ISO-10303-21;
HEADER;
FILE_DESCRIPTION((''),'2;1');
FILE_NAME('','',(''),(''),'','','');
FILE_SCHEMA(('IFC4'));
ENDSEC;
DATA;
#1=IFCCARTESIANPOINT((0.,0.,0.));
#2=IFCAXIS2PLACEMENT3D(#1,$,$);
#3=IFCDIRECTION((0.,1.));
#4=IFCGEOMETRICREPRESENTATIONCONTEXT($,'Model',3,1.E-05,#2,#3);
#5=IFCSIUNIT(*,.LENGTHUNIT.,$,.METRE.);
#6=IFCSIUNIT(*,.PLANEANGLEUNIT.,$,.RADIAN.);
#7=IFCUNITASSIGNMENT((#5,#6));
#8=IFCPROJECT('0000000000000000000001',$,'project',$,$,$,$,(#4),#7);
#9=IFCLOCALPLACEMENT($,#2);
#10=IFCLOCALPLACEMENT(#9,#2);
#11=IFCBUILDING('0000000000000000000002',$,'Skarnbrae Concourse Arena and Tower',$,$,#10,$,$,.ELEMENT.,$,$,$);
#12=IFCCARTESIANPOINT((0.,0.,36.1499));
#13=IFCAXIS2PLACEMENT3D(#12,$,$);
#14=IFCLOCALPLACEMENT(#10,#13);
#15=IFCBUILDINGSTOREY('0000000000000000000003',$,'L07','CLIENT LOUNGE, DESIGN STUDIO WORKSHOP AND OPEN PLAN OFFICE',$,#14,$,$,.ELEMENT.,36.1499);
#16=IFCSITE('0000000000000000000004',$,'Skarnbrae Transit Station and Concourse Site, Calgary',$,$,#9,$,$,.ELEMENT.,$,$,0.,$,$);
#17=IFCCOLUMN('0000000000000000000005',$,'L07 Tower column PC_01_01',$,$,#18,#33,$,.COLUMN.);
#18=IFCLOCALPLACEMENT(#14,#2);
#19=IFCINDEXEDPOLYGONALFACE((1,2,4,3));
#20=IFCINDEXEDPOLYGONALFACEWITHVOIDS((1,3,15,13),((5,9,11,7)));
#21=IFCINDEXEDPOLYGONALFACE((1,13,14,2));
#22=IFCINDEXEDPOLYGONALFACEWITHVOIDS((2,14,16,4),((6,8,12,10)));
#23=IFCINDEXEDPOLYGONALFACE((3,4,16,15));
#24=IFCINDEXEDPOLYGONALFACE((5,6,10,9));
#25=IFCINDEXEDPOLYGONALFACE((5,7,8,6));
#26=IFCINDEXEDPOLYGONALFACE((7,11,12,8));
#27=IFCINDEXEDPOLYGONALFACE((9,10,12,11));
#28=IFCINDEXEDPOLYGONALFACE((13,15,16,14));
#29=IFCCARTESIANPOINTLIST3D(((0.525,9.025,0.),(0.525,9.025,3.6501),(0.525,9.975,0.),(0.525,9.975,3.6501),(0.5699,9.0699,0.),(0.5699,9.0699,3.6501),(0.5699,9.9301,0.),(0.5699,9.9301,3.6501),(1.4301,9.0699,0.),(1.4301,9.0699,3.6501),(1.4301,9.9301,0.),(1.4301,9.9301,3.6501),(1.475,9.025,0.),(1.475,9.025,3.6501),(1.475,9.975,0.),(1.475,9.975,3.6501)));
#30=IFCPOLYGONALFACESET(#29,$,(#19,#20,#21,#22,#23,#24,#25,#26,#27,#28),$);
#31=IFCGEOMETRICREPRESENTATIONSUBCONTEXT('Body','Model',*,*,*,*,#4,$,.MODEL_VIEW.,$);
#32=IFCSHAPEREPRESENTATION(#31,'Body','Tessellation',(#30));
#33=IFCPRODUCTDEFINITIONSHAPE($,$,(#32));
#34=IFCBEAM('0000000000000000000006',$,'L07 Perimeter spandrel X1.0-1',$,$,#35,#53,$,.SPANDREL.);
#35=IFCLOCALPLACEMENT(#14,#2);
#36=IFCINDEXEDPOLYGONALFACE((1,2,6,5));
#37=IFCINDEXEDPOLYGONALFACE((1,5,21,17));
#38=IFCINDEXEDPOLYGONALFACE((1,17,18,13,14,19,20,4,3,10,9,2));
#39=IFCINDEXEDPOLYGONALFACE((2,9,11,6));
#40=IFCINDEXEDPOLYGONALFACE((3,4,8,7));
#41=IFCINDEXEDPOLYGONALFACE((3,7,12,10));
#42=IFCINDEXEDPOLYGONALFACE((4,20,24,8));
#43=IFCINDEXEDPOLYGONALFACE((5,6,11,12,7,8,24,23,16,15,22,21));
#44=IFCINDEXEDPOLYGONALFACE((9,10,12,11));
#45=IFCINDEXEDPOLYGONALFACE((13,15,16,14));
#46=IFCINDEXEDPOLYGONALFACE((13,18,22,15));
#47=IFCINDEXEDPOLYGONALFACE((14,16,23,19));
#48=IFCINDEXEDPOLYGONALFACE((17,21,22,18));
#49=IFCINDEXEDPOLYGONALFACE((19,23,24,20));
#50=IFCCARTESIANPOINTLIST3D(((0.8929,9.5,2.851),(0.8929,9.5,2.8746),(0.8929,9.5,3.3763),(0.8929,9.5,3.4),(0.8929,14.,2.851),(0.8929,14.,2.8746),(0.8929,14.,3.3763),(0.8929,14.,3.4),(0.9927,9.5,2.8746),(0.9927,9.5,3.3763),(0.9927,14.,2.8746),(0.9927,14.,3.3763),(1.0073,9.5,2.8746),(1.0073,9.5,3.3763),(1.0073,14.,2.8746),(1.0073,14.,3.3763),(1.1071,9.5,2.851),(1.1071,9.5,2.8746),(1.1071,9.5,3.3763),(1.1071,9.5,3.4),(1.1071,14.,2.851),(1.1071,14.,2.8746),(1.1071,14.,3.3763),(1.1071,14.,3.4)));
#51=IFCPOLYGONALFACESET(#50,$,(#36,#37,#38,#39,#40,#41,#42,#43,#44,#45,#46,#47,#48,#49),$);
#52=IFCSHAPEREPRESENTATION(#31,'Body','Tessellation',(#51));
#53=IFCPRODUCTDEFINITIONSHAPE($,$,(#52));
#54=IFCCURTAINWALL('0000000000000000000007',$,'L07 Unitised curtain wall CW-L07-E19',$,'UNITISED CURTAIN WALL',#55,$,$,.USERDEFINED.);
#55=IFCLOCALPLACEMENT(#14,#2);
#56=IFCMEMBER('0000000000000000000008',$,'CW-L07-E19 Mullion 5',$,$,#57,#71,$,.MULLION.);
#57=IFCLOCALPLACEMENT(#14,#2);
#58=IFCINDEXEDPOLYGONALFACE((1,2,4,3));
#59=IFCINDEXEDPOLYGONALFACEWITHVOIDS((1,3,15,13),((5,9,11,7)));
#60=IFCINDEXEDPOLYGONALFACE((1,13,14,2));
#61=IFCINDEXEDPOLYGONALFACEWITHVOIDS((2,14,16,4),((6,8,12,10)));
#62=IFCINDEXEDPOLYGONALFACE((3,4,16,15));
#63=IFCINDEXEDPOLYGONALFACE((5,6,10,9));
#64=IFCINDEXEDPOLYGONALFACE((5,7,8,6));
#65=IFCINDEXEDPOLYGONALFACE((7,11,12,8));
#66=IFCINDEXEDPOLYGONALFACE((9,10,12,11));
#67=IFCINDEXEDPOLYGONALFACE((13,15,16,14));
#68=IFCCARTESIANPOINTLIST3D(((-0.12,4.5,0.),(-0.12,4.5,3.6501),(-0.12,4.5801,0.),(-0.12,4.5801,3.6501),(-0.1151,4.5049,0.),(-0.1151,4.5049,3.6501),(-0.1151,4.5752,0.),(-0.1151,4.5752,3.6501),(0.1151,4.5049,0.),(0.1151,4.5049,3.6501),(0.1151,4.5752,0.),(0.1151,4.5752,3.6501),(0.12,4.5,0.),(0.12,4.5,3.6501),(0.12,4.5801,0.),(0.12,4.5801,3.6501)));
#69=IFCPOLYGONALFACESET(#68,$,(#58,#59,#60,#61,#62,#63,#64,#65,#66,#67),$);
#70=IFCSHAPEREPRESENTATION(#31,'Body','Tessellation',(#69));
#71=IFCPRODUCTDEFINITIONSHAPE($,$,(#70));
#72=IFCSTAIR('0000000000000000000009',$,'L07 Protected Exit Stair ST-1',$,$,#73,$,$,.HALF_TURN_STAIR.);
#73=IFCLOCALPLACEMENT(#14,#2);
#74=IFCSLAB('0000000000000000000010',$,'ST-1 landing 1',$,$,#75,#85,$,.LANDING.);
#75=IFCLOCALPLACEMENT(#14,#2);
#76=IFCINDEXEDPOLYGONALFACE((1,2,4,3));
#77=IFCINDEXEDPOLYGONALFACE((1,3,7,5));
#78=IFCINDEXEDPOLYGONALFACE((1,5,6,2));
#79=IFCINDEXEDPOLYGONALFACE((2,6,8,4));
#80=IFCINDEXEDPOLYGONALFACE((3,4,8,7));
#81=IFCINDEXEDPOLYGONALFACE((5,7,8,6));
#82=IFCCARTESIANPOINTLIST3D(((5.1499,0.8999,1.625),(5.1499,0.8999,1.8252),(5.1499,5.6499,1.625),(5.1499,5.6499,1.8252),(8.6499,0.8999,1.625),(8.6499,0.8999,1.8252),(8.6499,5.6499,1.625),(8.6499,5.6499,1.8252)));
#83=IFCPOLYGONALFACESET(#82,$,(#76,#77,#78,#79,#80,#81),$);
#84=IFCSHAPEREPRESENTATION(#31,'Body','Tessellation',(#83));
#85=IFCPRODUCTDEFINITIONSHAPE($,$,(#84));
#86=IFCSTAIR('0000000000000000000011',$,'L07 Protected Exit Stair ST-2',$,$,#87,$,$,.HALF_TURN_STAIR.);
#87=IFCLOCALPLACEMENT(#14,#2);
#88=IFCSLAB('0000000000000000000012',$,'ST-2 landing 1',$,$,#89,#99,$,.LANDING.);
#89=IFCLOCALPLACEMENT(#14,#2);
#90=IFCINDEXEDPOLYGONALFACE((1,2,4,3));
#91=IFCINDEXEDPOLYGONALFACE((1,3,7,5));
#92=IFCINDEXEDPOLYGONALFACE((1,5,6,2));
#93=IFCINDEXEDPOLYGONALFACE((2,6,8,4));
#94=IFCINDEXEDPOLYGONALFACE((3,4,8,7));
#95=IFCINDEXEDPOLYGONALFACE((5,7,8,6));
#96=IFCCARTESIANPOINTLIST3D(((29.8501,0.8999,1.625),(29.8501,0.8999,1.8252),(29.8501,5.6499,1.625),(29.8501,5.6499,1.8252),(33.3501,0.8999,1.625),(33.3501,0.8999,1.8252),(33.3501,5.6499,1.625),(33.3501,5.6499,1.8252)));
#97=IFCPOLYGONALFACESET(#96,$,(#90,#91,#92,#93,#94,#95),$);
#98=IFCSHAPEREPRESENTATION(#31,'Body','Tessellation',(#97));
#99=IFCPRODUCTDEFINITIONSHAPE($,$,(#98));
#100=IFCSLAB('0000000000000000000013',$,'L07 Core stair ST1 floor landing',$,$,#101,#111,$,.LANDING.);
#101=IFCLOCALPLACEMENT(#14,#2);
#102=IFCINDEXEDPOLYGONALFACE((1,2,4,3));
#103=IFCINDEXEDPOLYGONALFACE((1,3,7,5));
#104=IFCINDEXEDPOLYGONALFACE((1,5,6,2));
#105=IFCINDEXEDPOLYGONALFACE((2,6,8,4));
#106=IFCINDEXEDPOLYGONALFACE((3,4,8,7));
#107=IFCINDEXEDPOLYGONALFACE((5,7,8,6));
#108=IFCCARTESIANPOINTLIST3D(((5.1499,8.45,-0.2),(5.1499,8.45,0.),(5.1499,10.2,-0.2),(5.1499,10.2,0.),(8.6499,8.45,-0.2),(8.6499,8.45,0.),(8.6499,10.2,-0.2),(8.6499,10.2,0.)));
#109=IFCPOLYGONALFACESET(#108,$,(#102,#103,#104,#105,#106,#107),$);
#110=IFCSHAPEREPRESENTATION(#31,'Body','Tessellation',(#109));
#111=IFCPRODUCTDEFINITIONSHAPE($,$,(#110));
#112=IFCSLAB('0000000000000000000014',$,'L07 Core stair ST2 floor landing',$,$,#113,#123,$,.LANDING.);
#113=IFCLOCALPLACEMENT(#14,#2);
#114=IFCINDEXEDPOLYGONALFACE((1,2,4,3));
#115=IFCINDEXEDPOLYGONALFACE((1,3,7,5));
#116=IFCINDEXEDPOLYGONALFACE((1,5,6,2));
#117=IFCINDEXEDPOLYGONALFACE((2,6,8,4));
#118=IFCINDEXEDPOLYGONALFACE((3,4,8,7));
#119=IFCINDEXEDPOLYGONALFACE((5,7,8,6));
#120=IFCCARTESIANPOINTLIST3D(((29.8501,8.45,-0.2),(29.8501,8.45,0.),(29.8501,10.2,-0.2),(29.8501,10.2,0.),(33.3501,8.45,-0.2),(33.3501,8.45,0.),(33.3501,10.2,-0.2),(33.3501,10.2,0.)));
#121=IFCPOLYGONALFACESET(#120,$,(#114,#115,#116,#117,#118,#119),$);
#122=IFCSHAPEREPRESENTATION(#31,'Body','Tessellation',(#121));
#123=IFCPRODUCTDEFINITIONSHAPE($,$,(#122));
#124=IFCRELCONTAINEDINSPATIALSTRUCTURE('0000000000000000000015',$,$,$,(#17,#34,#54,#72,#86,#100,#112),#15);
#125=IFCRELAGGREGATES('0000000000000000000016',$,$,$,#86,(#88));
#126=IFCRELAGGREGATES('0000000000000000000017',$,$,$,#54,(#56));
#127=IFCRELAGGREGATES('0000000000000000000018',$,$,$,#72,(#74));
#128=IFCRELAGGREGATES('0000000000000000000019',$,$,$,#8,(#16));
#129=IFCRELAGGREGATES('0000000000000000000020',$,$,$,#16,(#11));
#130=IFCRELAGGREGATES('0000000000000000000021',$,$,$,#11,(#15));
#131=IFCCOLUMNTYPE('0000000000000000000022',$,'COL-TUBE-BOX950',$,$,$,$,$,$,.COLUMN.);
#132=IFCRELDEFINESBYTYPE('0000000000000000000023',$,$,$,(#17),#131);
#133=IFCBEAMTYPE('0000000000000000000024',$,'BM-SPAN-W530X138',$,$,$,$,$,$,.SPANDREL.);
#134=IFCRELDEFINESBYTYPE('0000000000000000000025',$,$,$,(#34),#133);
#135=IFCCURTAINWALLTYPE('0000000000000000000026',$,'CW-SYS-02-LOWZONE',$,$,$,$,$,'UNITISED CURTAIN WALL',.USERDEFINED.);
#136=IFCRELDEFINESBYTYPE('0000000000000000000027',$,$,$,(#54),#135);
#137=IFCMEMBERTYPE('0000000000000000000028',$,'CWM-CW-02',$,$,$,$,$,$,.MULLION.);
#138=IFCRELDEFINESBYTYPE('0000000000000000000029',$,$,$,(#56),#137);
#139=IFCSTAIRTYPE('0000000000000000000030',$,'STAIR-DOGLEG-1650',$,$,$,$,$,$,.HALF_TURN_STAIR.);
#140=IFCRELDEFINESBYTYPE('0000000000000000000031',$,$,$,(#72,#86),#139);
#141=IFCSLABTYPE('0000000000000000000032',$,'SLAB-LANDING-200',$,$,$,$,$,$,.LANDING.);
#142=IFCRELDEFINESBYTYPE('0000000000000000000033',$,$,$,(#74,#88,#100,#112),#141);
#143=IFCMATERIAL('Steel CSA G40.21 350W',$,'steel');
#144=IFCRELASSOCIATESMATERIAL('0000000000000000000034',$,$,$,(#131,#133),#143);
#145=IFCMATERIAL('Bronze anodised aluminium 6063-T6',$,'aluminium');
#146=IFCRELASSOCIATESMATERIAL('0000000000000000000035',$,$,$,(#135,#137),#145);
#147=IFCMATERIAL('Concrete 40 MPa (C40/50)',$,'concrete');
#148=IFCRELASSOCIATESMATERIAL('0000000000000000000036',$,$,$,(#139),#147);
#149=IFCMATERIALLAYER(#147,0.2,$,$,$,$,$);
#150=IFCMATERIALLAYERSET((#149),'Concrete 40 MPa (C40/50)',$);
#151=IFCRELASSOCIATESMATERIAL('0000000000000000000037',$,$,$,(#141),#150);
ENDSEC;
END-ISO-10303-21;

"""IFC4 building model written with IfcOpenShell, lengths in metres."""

from ifc_helpers import new_model, si_unit, direction, frame, origin, origin_2d, place, context, subcontext, project, spatial, polyline, hollow_rectangle, i_section, outline, extrude, source, transform, mapped, material, layer, layer_set, material_profile, profile_set, type_object, element, aggregate, save


model = new_model("IFC4")

# Units and contexts
model_context = context("Model", 3, precision=1e-05, world=origin(), true_north=direction((0.0, 1.0)))
body_context = subcontext(model_context, "Body", "Model", "MODEL_VIEW")
ifc_project = project(units=[si_unit("LENGTHUNIT", "METRE"), si_unit("PLANEANGLEUNIT", "RADIAN")], contexts=[model_context])

# Site, building, storey
site_placement = place(None, origin())
site = spatial("IfcSite", under=ifc_project, at=site_placement, Name="Skarnbrae Transit Station and Concourse Site, Calgary", CompositionType="ELEMENT", RefElevation=0.0)
building_placement = place(site_placement, origin())
building = spatial("IfcBuilding", under=site, at=building_placement, Name="Skarnbrae Concourse Arena and Tower", CompositionType="ELEMENT")
storey_placement = place(building_placement, frame((0.0, 0.0, 36.1499)))
storey = spatial("IfcBuildingStorey", under=building, at=storey_placement, Name="L07", Description="CLIENT LOUNGE, DESIGN STUDIO WORKSHOP AND OPEN PLAN OFFICE", CompositionType="ELEMENT", Elevation=36.1499)

# Column
ifc_material_1 = material(Name="Steel CSA G40.21 350W", Category="steel")
ifc_material_profile_1 = material_profile(ifc_material_1, hollow_rectangle(XDim=0.95, YDim=0.95, WallThickness=0.0449, at=origin_2d()), Name="BOX950X950X45")
ifc_profile_set_1 = profile_set([ifc_material_profile_1], Name="Steel CSA G40.21 350W")
column_type = type_object("IfcColumnType", Name="COL-TUBE-BOX950", PredefinedType="COLUMN", material=ifc_profile_set_1)
shared_shape_1 = source(origin(), body_context, "Body", "SweptSolid", [
    extrude(hollow_rectangle(XDim=0.95, YDim=0.95, WallThickness=0.0449, at=origin_2d()), origin(), (0.0, 0.0, 1.0), 3.6501),
])
column_placement = place(storey_placement, frame((1.0, 9.5, 0.0), z_axis=(0.0, 0.0, 1.0), x_axis=(1.0, 0.0, 0.0)))
element("IfcColumn", 1, at=column_placement, inside=storey, type_object=column_type, Name="L07 Tower column PC_01_01", PredefinedType="COLUMN", context=body_context, shape_type="MappedRepresentation", body=[
    mapped(shared_shape_1, transform((0.0, 0.0, 0.0))),
])

# Beam
ifc_material_profile_2 = material_profile(ifc_material_1, i_section(OverallWidth=0.2141, OverallDepth=0.5491, WebThickness=0.0146, FlangeThickness=0.0237, at=origin_2d()), Name="W530X138")
ifc_profile_set_2 = profile_set([ifc_material_profile_2], Name="Steel CSA G40.21 350W")
beam_type = type_object("IfcBeamType", Name="BM-SPAN-W530X138", PredefinedType="SPANDREL", material=ifc_profile_set_2)
shared_shape_2 = source(origin(), body_context, "Body", "SweptSolid", [
    extrude(i_section(OverallWidth=0.2141, OverallDepth=0.5491, WebThickness=0.0146, FlangeThickness=0.0237, at=origin_2d()), origin(), (0.0, 0.0, 1.0), 4.5),
])
beam_placement = place(storey_placement, frame((1.0, 9.5, 3.1255), z_axis=(0.0, 1.0, 0.0), x_axis=(-1.0, 0.0, 0.0)))
element("IfcBeam", 2, at=beam_placement, inside=storey, type_object=beam_type, Name="L07 Perimeter spandrel X1.0-1", PredefinedType="SPANDREL", context=body_context, shape_type="MappedRepresentation", body=[
    mapped(shared_shape_2, transform((0.0, 0.0, 0.0))),
])

# Curtain wall, member
ifc_material_2 = material(Name="Bronze anodised aluminium 6063-T6", Category="aluminium")
curtain_wall_type = type_object("IfcCurtainWallType", Name="CW-SYS-02-LOWZONE", ElementType="UNITISED CURTAIN WALL", PredefinedType="USERDEFINED", material=ifc_material_2)
curtain_wall_placement = place(storey_placement, origin())
curtain_wall = element("IfcCurtainWall", 3, at=curtain_wall_placement, inside=storey, type_object=curtain_wall_type, Name="L07 Unitised curtain wall CW-L07-E19", ObjectType="UNITISED CURTAIN WALL", PredefinedType="USERDEFINED")
ifc_material_profile_3 = material_profile(ifc_material_2, hollow_rectangle(XDim=0.0801, YDim=0.24, WallThickness=0.0049, at=origin_2d()), Name="ALU-MULL-80X240")
ifc_profile_set_3 = profile_set([ifc_material_profile_3], Name="Bronze anodised aluminium 6063-T6")
member_type = type_object("IfcMemberType", Name="CWM-CW-02", PredefinedType="MULLION", material=ifc_profile_set_3)
shared_shape_3 = source(origin(), body_context, "Body", "SweptSolid", [
    extrude(hollow_rectangle(XDim=0.0801, YDim=0.24, WallThickness=0.0049, at=origin_2d()), origin(), (0.0, 0.0, 1.0), 3.6501),
])
member_placement = place(storey_placement, frame((0.0, 4.54, 0.0), z_axis=(0.0, 0.0, 1.0), x_axis=(0.0, -1.0, 0.0)))
member = element("IfcMember", 4, at=member_placement, type_object=member_type, Name="CW-L07-E19 Mullion 5", PredefinedType="MULLION", context=body_context, shape_type="MappedRepresentation", body=[
    mapped(shared_shape_3, transform((0.0, 0.0, 0.0))),
])

# Stairs, slabs
ifc_material_3 = material(Name="Concrete 40 MPa (C40/50)", Category="concrete")
stair_type = type_object("IfcStairType", Name="STAIR-DOGLEG-1650", PredefinedType="HALF_TURN_STAIR", material=ifc_material_3)
stair_1_placement = place(storey_placement, origin())
stair_1 = element("IfcStair", 5, at=stair_1_placement, inside=storey, type_object=stair_type, Name="L07 Protected Exit Stair ST-1", PredefinedType="HALF_TURN_STAIR")
ifc_layer_1 = layer(ifc_material_3, 0.2)
ifc_layer_set_1 = layer_set([ifc_layer_1], Name="Concrete 40 MPa (C40/50)")
slab_type_1 = type_object("IfcSlabType", Name="SLAB-LANDING-200", PredefinedType="LANDING", material=ifc_layer_set_1)
slab_1_placement = place(storey_placement, frame((0.0, 0.0, 1.625)))
slab_1 = element("IfcSlab", 6, at=slab_1_placement, type_object=slab_type_1, Name="ST-1 landing 1", PredefinedType="LANDING", context=body_context, shape_type="SweptSolid", body=[
    extrude(outline(polyline([(5.1499, 5.6499), (5.1499, 0.8999), (8.6499, 0.8999), (8.6499, 5.6499), (5.1499, 5.6499)])), origin(), (0.0, 0.0, 1.0), 0.2002),
])
stair_2_placement = place(storey_placement, origin())
stair_2 = element("IfcStair", 7, at=stair_2_placement, inside=storey, type_object=stair_type, Name="L07 Protected Exit Stair ST-2", PredefinedType="HALF_TURN_STAIR")
slab_2_placement = place(storey_placement, frame((0.0, 0.0, 1.625)))
slab_2 = element("IfcSlab", 8, at=slab_2_placement, type_object=slab_type_1, Name="ST-2 landing 1", PredefinedType="LANDING", context=body_context, shape_type="SweptSolid", body=[
    extrude(outline(polyline([(29.8501, 5.6499), (29.8501, 0.8999), (33.3501, 0.8999), (33.3501, 5.6499), (29.8501, 5.6499)])), origin(), (0.0, 0.0, 1.0), 0.2002),
])
aggregate(stair_2, [slab_2])

# Slabs
slab_3_placement = place(storey_placement, frame((0.0, 0.0, -0.2)))
element("IfcSlab", 9, at=slab_3_placement, inside=storey, type_object=slab_type_1, Name="L07 Core stair ST1 floor landing", PredefinedType="LANDING", context=body_context, shape_type="SweptSolid", body=[
    extrude(outline(polyline([(5.1499, 10.2), (5.1499, 8.45), (8.6499, 8.45), (8.6499, 10.2), (5.1499, 10.2)])), origin(), (0.0, 0.0, 1.0), 0.2),
])
slab_4_placement = place(storey_placement, frame((0.0, 0.0, -0.2)))
element("IfcSlab", 10, at=slab_4_placement, inside=storey, type_object=slab_type_1, Name="L07 Core stair ST2 floor landing", PredefinedType="LANDING", context=body_context, shape_type="SweptSolid", body=[
    extrude(outline(polyline([(29.8501, 10.2), (29.8501, 8.45), (33.3501, 8.45), (33.3501, 10.2), (29.8501, 10.2)])), origin(), (0.0, 0.0, 1.0), 0.2),
])

aggregate(curtain_wall, [member])

aggregate(stair_1, [slab_1])

save(model, "model.ifc")
